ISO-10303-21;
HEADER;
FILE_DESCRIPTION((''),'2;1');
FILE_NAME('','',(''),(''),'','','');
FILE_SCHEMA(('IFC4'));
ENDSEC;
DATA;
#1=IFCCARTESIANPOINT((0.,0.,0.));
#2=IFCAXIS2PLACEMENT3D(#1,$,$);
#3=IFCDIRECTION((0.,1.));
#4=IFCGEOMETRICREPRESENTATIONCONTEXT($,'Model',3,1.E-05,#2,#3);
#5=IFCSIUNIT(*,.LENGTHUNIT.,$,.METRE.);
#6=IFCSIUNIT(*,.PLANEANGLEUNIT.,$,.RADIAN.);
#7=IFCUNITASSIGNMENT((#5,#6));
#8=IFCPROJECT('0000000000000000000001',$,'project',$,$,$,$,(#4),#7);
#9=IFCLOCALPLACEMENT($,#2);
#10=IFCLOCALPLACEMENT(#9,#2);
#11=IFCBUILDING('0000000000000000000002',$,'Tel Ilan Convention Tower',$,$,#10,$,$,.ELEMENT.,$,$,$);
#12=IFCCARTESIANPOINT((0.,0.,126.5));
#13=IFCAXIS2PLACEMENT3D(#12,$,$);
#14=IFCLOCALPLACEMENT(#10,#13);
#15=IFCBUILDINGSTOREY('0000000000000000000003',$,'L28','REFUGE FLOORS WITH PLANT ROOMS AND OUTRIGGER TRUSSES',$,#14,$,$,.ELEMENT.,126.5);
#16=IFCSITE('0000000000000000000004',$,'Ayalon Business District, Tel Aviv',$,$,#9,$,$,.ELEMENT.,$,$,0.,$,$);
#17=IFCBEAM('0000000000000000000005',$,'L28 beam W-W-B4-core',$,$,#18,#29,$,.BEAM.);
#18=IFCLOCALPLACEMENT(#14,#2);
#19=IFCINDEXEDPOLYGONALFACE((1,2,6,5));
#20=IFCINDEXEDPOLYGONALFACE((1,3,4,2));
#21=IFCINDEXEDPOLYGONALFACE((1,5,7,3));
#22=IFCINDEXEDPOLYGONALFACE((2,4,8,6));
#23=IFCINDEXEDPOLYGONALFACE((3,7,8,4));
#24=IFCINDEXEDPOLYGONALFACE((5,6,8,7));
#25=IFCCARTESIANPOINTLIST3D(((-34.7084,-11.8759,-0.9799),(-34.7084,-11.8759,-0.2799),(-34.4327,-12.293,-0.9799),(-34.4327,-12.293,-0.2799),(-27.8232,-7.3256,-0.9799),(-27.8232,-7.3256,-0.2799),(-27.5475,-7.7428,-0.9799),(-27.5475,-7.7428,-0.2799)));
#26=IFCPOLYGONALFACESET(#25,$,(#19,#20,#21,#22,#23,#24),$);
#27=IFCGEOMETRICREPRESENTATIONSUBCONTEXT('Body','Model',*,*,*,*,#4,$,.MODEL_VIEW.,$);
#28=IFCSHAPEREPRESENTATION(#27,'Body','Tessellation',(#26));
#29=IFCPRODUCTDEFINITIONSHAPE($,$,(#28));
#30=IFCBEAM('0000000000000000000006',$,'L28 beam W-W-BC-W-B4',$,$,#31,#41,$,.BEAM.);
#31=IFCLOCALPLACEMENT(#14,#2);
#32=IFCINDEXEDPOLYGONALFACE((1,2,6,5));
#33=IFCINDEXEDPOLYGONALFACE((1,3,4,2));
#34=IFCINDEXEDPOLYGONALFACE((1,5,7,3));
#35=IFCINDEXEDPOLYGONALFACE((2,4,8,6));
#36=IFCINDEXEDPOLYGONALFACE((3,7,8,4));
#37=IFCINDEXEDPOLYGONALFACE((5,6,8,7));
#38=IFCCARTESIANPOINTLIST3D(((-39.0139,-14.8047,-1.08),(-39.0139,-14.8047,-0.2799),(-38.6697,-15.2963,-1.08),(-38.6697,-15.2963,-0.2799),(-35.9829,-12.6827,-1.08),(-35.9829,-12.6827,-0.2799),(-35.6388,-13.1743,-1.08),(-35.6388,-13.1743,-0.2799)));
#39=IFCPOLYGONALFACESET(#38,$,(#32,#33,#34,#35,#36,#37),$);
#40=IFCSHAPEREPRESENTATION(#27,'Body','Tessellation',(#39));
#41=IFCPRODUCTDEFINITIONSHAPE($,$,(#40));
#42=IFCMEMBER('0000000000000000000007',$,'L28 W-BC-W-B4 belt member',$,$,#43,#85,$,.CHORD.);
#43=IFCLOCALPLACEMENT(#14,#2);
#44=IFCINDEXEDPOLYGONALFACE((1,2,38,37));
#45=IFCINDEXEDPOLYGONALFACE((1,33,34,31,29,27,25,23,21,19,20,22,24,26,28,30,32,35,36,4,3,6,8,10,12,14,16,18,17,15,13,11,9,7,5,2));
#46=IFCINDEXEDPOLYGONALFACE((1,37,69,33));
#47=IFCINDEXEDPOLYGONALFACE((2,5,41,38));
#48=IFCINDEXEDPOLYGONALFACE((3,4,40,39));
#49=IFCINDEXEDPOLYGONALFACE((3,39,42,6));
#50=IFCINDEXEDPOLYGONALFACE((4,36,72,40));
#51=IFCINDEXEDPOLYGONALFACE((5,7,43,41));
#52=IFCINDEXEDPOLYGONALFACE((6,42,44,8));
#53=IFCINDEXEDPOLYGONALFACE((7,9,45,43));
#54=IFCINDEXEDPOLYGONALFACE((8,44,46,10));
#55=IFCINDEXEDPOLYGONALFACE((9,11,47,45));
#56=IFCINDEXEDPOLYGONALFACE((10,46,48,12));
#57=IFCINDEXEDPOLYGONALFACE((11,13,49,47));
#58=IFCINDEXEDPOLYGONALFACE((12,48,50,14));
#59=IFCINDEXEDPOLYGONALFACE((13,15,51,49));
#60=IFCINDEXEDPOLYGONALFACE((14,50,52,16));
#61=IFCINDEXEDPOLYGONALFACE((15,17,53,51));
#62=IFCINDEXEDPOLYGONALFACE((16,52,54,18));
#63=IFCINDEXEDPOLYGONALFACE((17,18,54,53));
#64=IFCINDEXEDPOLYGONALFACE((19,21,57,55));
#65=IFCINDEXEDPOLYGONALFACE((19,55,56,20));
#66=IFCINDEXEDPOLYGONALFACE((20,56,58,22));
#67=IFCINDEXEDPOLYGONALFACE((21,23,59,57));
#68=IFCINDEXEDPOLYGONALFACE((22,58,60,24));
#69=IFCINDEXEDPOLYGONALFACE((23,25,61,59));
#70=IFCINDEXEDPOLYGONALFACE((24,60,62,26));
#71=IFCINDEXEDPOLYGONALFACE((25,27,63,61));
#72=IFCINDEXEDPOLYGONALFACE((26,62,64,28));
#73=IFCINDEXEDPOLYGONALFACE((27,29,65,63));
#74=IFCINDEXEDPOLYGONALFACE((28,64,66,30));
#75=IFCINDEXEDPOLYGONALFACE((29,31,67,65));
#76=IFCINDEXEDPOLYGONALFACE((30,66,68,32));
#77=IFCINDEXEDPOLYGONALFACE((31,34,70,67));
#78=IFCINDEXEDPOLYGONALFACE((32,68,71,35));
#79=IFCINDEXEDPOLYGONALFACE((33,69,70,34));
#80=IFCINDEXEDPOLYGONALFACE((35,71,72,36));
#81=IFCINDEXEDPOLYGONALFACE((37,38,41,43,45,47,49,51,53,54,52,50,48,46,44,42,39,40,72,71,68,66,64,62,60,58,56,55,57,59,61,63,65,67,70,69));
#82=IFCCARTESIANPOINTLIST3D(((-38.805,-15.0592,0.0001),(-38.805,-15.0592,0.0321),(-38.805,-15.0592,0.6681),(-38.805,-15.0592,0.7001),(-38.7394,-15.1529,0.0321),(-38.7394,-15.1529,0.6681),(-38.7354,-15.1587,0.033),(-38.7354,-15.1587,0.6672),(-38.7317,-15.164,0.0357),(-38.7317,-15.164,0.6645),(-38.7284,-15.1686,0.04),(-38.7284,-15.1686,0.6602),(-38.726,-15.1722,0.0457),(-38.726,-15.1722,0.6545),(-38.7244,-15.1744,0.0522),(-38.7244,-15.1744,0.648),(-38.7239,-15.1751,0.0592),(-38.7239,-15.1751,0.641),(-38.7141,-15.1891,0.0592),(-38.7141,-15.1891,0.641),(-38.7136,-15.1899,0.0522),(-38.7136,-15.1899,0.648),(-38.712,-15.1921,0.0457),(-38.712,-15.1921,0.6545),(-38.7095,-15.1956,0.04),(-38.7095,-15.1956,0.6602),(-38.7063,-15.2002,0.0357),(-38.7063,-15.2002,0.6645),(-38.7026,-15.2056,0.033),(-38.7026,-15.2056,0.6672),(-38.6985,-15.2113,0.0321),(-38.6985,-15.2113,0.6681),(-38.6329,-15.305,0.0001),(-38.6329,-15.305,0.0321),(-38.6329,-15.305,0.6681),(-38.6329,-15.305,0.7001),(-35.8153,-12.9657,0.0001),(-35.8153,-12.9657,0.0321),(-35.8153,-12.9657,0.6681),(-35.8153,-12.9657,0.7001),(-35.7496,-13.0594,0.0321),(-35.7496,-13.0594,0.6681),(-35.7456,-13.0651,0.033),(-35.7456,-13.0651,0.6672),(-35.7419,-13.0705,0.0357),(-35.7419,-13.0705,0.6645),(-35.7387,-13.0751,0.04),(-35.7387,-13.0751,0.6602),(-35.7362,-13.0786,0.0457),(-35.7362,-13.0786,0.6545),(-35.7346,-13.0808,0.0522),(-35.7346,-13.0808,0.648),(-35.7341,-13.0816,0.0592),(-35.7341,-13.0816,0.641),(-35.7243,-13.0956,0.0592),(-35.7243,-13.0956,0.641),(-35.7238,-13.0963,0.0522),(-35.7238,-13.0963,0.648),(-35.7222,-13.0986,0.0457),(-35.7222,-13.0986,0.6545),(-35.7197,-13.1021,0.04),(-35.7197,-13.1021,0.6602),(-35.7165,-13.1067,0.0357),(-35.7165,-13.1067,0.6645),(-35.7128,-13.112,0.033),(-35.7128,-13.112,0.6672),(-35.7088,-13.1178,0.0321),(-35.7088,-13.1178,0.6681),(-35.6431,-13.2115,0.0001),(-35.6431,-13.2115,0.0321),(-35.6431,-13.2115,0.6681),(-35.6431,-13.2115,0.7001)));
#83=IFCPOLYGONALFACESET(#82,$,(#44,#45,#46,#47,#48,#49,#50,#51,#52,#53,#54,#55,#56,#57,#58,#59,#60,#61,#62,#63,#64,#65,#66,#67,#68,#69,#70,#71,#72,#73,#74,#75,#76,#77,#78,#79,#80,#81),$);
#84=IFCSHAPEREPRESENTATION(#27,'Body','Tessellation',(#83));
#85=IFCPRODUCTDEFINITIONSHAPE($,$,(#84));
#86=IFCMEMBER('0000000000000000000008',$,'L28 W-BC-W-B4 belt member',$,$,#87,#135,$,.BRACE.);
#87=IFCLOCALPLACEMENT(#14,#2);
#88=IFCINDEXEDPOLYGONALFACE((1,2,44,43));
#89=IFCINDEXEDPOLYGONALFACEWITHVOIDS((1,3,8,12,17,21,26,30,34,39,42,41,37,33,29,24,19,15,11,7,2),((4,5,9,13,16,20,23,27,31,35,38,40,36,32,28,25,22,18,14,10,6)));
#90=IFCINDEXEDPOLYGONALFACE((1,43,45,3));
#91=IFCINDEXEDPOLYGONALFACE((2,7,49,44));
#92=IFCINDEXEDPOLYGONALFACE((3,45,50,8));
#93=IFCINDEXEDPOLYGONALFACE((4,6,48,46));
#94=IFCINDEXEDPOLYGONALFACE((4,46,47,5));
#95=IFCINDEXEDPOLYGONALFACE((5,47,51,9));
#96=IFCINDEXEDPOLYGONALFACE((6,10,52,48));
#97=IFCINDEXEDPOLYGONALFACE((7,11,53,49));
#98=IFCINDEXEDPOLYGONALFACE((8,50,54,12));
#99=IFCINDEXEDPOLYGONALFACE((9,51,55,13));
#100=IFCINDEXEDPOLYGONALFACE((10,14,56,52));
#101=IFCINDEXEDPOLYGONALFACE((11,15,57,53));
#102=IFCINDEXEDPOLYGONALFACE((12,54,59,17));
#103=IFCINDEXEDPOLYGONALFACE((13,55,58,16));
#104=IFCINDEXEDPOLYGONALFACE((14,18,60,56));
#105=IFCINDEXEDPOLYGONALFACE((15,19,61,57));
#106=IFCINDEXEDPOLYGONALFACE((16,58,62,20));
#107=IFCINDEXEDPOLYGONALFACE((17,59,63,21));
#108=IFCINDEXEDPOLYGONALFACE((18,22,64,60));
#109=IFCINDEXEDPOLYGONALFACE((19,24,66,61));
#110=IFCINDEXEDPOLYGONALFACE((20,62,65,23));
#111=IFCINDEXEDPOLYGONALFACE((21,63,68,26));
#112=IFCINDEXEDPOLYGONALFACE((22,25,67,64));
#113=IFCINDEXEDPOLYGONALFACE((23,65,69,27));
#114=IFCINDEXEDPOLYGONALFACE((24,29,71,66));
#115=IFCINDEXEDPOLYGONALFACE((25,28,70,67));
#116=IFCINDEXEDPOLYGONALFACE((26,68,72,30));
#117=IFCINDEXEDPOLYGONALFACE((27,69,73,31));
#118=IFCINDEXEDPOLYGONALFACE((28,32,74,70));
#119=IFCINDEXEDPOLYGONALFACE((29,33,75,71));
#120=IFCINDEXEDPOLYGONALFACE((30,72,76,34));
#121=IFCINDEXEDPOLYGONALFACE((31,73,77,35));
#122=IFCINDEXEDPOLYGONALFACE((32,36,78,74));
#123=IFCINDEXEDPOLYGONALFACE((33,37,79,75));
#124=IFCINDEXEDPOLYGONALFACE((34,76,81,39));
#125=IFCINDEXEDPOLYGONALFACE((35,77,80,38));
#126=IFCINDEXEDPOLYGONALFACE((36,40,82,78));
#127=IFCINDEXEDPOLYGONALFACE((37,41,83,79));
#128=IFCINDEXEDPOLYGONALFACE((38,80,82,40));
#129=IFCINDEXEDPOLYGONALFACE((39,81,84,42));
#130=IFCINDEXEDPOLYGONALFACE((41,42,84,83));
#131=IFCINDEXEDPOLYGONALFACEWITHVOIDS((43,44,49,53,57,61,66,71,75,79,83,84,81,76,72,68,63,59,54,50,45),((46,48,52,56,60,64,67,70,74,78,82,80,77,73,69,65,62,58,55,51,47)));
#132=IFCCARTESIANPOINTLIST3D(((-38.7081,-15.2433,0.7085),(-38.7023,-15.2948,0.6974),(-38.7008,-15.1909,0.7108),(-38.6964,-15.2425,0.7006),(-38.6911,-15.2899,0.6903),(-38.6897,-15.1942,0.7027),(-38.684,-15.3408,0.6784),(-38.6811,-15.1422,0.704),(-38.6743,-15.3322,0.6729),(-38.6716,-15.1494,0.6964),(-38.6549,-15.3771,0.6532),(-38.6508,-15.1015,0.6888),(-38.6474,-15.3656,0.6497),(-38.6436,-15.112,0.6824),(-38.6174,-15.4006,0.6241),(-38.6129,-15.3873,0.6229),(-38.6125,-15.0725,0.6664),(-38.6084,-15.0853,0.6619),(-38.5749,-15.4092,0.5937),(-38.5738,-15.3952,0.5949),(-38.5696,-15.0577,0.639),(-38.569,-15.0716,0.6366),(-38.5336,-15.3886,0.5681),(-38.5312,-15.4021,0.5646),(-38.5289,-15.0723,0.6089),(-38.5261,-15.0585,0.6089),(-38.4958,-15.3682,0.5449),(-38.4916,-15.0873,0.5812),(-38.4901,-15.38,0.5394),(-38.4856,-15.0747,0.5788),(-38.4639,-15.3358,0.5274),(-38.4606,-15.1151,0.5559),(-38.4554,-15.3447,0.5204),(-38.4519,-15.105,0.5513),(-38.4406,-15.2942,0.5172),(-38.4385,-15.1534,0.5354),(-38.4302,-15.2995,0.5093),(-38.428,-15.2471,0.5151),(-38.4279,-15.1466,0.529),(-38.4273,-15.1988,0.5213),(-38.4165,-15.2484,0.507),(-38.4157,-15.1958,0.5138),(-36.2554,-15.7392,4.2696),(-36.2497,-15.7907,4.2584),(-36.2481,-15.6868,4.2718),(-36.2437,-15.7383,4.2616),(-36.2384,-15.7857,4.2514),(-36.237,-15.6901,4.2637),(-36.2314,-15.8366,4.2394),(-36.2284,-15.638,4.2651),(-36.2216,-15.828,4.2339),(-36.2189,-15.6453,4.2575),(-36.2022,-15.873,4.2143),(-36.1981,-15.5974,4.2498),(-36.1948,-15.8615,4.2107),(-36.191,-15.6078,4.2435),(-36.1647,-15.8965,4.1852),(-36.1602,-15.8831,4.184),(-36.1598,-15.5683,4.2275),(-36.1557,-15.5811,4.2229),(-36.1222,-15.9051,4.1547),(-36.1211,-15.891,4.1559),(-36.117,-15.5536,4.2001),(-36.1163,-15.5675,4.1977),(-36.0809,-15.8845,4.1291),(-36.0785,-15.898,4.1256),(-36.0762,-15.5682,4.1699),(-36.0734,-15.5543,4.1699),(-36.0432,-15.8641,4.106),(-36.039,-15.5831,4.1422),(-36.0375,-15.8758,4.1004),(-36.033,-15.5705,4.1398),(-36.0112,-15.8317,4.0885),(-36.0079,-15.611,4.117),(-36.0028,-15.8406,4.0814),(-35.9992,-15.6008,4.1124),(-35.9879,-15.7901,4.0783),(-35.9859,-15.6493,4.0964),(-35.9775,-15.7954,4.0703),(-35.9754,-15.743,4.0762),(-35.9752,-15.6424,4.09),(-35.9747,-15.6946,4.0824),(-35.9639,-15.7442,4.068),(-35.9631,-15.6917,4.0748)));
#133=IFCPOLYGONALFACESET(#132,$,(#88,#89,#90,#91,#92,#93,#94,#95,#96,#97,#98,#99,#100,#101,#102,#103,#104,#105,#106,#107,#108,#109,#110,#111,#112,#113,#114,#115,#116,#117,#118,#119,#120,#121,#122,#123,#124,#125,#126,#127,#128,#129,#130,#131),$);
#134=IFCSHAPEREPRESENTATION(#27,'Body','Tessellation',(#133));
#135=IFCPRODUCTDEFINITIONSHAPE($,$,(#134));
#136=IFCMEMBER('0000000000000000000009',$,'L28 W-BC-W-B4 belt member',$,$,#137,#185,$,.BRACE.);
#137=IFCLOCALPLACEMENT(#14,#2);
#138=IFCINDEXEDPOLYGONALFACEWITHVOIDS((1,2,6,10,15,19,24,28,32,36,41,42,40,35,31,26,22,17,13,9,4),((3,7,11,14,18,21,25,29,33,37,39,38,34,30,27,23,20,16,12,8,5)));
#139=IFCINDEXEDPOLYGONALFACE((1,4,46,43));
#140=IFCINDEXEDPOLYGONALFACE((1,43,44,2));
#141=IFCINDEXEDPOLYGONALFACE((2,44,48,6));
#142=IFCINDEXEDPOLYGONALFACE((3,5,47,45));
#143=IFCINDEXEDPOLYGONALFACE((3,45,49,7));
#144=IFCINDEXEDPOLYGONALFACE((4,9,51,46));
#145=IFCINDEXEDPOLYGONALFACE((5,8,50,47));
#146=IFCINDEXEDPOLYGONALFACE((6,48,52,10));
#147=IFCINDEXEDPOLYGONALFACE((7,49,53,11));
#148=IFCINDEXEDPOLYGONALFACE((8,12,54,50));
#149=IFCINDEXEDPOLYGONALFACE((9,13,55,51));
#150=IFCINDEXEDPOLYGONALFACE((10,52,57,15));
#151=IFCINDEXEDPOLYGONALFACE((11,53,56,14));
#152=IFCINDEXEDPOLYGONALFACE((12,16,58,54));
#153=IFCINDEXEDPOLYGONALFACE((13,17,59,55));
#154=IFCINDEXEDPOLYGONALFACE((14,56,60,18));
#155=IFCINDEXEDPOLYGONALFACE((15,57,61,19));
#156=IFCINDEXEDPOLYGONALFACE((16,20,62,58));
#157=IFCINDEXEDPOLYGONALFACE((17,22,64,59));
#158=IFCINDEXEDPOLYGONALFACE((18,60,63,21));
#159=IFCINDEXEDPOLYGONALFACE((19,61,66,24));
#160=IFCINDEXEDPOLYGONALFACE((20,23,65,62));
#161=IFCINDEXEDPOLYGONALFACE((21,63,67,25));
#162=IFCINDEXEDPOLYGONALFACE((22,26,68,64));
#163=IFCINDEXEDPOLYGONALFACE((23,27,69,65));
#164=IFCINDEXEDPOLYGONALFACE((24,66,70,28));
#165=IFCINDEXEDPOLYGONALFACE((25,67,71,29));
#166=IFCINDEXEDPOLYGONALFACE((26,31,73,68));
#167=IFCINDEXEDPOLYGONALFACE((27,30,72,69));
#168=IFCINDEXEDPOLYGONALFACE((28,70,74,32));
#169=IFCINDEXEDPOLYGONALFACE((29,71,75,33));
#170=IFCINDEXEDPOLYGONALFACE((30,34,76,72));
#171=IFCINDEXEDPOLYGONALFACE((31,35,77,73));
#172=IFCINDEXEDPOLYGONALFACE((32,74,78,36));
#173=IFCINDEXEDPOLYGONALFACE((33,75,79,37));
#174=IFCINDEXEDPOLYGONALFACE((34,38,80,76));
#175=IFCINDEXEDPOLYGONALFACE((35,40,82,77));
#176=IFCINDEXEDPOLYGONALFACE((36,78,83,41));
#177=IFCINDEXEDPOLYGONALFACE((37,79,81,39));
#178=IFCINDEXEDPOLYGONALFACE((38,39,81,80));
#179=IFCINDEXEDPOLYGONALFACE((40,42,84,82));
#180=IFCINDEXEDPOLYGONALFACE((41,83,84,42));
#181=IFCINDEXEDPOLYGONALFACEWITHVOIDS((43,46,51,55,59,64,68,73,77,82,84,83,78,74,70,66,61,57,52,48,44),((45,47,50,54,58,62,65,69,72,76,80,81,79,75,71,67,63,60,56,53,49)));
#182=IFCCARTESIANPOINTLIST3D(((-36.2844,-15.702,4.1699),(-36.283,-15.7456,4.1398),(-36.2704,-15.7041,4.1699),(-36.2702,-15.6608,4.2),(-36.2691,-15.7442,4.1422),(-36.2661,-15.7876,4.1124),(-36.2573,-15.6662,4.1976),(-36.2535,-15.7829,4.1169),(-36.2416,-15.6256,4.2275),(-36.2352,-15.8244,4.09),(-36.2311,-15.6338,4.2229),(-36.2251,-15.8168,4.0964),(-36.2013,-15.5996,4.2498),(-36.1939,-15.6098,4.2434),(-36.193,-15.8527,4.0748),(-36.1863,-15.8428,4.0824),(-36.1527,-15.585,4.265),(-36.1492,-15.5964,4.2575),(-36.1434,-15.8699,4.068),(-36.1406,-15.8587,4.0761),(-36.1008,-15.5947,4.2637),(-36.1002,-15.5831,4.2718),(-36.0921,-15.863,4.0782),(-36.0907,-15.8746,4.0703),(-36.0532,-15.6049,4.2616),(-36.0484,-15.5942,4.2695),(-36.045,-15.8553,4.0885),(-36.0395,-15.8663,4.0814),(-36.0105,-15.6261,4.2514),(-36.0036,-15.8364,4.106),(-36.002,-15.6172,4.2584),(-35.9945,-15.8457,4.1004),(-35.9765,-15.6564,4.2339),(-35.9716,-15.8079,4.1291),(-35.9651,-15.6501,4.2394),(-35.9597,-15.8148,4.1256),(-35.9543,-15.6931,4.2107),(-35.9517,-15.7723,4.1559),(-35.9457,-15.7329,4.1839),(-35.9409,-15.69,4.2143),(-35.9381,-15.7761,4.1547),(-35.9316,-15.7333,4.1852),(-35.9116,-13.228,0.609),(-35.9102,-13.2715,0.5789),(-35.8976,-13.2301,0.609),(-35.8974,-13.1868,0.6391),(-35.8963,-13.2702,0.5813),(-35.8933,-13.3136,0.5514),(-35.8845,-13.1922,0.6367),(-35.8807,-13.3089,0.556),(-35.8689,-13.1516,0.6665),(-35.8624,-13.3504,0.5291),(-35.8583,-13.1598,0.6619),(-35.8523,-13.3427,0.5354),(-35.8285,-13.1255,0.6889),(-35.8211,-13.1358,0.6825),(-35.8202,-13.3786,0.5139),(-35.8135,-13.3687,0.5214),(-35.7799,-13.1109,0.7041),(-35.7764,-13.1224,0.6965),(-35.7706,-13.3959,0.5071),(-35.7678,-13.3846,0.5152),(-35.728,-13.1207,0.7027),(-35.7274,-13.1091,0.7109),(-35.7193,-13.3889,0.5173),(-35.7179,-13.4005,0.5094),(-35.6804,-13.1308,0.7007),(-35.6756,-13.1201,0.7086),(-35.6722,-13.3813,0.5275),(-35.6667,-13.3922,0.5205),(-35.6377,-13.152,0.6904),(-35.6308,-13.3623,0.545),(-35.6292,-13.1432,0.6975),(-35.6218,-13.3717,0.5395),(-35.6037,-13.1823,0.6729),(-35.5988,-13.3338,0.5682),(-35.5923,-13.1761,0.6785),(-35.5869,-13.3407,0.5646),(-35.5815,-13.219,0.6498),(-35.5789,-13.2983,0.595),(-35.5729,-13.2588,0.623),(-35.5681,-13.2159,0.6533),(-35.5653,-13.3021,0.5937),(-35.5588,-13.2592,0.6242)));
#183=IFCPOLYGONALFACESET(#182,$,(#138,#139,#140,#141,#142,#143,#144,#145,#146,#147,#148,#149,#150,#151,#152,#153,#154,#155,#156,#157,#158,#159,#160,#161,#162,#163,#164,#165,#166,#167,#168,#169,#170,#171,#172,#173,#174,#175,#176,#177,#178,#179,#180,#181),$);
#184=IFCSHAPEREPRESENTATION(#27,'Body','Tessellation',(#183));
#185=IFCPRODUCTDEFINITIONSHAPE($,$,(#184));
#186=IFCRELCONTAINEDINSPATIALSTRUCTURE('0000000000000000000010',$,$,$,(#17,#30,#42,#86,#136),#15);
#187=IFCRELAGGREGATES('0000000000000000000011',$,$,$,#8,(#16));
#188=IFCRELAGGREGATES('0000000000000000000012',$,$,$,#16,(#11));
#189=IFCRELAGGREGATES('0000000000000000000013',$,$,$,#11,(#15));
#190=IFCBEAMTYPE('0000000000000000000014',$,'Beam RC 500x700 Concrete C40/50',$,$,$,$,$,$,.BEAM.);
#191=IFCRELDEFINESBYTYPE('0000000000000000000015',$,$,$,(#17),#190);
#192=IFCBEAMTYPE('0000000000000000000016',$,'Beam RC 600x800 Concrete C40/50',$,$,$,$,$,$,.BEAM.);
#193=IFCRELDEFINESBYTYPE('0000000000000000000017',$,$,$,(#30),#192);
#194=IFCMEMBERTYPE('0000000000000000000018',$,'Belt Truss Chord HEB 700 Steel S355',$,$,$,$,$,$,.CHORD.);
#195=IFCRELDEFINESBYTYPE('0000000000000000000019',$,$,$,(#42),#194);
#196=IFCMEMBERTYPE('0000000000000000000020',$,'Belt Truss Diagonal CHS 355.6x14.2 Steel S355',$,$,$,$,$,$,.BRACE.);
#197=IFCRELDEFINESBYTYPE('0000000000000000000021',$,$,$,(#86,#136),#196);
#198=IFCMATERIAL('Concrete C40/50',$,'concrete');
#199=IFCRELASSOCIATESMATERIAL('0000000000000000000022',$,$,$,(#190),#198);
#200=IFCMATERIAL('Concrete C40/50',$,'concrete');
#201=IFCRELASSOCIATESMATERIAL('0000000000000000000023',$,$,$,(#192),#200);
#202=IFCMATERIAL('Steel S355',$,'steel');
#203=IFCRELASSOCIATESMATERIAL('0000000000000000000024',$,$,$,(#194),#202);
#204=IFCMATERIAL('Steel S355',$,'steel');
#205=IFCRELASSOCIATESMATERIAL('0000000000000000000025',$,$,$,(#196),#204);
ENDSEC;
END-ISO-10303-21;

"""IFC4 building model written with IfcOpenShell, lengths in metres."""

from ifc_helpers import new_model, si_unit, direction, frame, origin, origin_2d, place, context, subcontext, project, spatial, rectangle, hollow_circle, i_section, extrude, material, material_profile, profile_set, type_object, element, save


model = new_model("IFC4")

# Units and contexts
model_context = context("Model", 3, precision=1e-05, world=origin(), true_north=direction((0.0, 1.0)))
body_context = subcontext(model_context, "Body", "Model", "MODEL_VIEW")
ifc_project = project(units=[si_unit("LENGTHUNIT", "METRE"), si_unit("PLANEANGLEUNIT", "RADIAN")], contexts=[model_context])

# Site, building, storey
site_placement = place(None, origin())
site = spatial("IfcSite", under=ifc_project, at=site_placement, Name="Ayalon Business District, Tel Aviv", CompositionType="ELEMENT", RefElevation=0.0)
building_placement = place(site_placement, origin())
building = spatial("IfcBuilding", under=site, at=building_placement, Name="Tel Ilan Convention Tower", CompositionType="ELEMENT")
storey_placement = place(building_placement, frame((0.0, 0.0, 126.5)))
storey = spatial("IfcBuildingStorey", under=building, at=storey_placement, Name="L28", Description="REFUGE FLOORS WITH PLANT ROOMS AND OUTRIGGER TRUSSES", CompositionType="ELEMENT", Elevation=126.5)

# Beams
ifc_material_1 = material(Name="Concrete C40/50", Category="concrete")
ifc_material_profile_1 = material_profile(ifc_material_1, rectangle(XDim=0.5, YDim=0.7, at=origin_2d()), Name="RC 500x700")
ifc_profile_set_1 = profile_set([ifc_material_profile_1], Name="Concrete C40/50")
beam_type_1 = type_object("IfcBeamType", Name="Beam RC 500x700 Concrete C40/50", PredefinedType="BEAM", material=ifc_profile_set_1)
beam_1_placement = place(storey_placement, frame((-34.5706, -12.0845, -0.6299), z_axis=(0.834274, 0.551351, 0.0), x_axis=(-0.551351, 0.834274, 0.0)))
element("IfcBeam", 1, at=beam_1_placement, inside=storey, type_object=beam_type_1, Name="L28 beam W-W-B4-core", PredefinedType="BEAM", context=body_context, shape_type="SweptSolid", body=[
    extrude(rectangle(XDim=0.5, YDim=0.7, at=origin_2d()), origin(), (0.0, 0.0, 1.0), 8.2529),
])
ifc_material_2 = material(Name="Concrete C40/50", Category="concrete")
ifc_material_profile_2 = material_profile(ifc_material_2, rectangle(XDim=0.6001, YDim=0.8, at=origin_2d()), Name="RC 600x800")
ifc_profile_set_2 = profile_set([ifc_material_profile_2], Name="Concrete C40/50")
beam_type_2 = type_object("IfcBeamType", Name="Beam RC 600x800 Concrete C40/50", PredefinedType="BEAM", material=ifc_profile_set_2)
beam_2_placement = place(storey_placement, frame((-38.8418, -15.0505, -0.6799), z_axis=(0.819185, 0.573529, 0.0), x_axis=(-0.573529, 0.819185, 0.0)))
element("IfcBeam", 2, at=beam_2_placement, inside=storey, type_object=beam_type_2, Name="L28 beam W-W-BC-W-B4", PredefinedType="BEAM", context=body_context, shape_type="SweptSolid", body=[
    extrude(rectangle(XDim=0.6001, YDim=0.8, at=origin_2d()), origin(), (0.0, 0.0, 1.0), 3.7),
])

# Members
ifc_material_3 = material(Name="Steel S355", Category="steel")
ifc_material_profile_3 = material_profile(ifc_material_3, i_section(OverallWidth=0.3, OverallDepth=0.7, WebThickness=0.0171, FlangeThickness=0.032, FilletRadius=0.0271, at=origin_2d()), Name="HEB 700")
ifc_profile_set_3 = profile_set([ifc_material_profile_3], Name="Steel S355")
member_type_1 = type_object("IfcMemberType", Name="Belt Truss Chord HEB 700 Steel S355", PredefinedType="CHORD", material=ifc_profile_set_3)
member_1_placement = place(storey_placement, frame((-38.719, -15.1821, 0.3501), z_axis=(0.819144, 0.573588, 0.0), x_axis=(-0.573588, 0.819144, 0.0)))
element("IfcMember", 3, at=member_1_placement, inside=storey, type_object=member_type_1, Name="L28 W-BC-W-B4 belt member", PredefinedType="CHORD", context=body_context, shape_type="SweptSolid", body=[
    extrude(i_section(OverallWidth=0.3, OverallDepth=0.7, WebThickness=0.0171, FlangeThickness=0.032, FilletRadius=0.0271, at=origin_2d()), origin(), (0.0, 0.0, 1.0), 3.6499),
])
ifc_material_4 = material(Name="Steel S355", Category="steel")
ifc_material_profile_4 = material_profile(ifc_material_4, hollow_circle(Radius=0.1777, WallThickness=0.0142, at=origin_2d()), Name="CHS 355.6x14.2")
ifc_profile_set_4 = profile_set([ifc_material_profile_4], Name="Steel S355")
member_type_2 = type_object("IfcMemberType", Name="Belt Truss Diagonal CHS 355.6x14.2 Steel S355", PredefinedType="BRACE", material=ifc_profile_set_4)
member_2_placement = place(storey_placement, frame((-38.5613, -15.2327, 0.6089), z_axis=(0.56353, -0.113929, 0.818202), x_axis=(0.198161, 0.98017, 0.0)))
element("IfcMember", 4, at=member_2_placement, inside=storey, type_object=member_type_2, Name="L28 W-BC-W-B4 belt member", PredefinedType="BRACE", context=body_context, shape_type="SweptSolid", body=[
    extrude(hollow_circle(Radius=0.1777, WallThickness=0.0142, at=origin_2d()), origin(), (0.0, 0.0, 1.0), 4.3523),
])
member_3_placement = place(storey_placement, frame((-36.1086, -15.7285, 4.1699), z_axis=(0.085659, 0.568482, -0.818224), x_axis=(-0.988837, 0.148999, 0.0)))
element("IfcMember", 5, at=member_3_placement, inside=storey, type_object=member_type_2, Name="L28 W-BC-W-B4 belt member", PredefinedType="BRACE", context=body_context, shape_type="SweptSolid", body=[
    extrude(hollow_circle(Radius=0.1777, WallThickness=0.0142, at=origin_2d()), origin(), (0.0, 0.0, 1.0), 4.3521),
])

save(model, "model.ifc")
